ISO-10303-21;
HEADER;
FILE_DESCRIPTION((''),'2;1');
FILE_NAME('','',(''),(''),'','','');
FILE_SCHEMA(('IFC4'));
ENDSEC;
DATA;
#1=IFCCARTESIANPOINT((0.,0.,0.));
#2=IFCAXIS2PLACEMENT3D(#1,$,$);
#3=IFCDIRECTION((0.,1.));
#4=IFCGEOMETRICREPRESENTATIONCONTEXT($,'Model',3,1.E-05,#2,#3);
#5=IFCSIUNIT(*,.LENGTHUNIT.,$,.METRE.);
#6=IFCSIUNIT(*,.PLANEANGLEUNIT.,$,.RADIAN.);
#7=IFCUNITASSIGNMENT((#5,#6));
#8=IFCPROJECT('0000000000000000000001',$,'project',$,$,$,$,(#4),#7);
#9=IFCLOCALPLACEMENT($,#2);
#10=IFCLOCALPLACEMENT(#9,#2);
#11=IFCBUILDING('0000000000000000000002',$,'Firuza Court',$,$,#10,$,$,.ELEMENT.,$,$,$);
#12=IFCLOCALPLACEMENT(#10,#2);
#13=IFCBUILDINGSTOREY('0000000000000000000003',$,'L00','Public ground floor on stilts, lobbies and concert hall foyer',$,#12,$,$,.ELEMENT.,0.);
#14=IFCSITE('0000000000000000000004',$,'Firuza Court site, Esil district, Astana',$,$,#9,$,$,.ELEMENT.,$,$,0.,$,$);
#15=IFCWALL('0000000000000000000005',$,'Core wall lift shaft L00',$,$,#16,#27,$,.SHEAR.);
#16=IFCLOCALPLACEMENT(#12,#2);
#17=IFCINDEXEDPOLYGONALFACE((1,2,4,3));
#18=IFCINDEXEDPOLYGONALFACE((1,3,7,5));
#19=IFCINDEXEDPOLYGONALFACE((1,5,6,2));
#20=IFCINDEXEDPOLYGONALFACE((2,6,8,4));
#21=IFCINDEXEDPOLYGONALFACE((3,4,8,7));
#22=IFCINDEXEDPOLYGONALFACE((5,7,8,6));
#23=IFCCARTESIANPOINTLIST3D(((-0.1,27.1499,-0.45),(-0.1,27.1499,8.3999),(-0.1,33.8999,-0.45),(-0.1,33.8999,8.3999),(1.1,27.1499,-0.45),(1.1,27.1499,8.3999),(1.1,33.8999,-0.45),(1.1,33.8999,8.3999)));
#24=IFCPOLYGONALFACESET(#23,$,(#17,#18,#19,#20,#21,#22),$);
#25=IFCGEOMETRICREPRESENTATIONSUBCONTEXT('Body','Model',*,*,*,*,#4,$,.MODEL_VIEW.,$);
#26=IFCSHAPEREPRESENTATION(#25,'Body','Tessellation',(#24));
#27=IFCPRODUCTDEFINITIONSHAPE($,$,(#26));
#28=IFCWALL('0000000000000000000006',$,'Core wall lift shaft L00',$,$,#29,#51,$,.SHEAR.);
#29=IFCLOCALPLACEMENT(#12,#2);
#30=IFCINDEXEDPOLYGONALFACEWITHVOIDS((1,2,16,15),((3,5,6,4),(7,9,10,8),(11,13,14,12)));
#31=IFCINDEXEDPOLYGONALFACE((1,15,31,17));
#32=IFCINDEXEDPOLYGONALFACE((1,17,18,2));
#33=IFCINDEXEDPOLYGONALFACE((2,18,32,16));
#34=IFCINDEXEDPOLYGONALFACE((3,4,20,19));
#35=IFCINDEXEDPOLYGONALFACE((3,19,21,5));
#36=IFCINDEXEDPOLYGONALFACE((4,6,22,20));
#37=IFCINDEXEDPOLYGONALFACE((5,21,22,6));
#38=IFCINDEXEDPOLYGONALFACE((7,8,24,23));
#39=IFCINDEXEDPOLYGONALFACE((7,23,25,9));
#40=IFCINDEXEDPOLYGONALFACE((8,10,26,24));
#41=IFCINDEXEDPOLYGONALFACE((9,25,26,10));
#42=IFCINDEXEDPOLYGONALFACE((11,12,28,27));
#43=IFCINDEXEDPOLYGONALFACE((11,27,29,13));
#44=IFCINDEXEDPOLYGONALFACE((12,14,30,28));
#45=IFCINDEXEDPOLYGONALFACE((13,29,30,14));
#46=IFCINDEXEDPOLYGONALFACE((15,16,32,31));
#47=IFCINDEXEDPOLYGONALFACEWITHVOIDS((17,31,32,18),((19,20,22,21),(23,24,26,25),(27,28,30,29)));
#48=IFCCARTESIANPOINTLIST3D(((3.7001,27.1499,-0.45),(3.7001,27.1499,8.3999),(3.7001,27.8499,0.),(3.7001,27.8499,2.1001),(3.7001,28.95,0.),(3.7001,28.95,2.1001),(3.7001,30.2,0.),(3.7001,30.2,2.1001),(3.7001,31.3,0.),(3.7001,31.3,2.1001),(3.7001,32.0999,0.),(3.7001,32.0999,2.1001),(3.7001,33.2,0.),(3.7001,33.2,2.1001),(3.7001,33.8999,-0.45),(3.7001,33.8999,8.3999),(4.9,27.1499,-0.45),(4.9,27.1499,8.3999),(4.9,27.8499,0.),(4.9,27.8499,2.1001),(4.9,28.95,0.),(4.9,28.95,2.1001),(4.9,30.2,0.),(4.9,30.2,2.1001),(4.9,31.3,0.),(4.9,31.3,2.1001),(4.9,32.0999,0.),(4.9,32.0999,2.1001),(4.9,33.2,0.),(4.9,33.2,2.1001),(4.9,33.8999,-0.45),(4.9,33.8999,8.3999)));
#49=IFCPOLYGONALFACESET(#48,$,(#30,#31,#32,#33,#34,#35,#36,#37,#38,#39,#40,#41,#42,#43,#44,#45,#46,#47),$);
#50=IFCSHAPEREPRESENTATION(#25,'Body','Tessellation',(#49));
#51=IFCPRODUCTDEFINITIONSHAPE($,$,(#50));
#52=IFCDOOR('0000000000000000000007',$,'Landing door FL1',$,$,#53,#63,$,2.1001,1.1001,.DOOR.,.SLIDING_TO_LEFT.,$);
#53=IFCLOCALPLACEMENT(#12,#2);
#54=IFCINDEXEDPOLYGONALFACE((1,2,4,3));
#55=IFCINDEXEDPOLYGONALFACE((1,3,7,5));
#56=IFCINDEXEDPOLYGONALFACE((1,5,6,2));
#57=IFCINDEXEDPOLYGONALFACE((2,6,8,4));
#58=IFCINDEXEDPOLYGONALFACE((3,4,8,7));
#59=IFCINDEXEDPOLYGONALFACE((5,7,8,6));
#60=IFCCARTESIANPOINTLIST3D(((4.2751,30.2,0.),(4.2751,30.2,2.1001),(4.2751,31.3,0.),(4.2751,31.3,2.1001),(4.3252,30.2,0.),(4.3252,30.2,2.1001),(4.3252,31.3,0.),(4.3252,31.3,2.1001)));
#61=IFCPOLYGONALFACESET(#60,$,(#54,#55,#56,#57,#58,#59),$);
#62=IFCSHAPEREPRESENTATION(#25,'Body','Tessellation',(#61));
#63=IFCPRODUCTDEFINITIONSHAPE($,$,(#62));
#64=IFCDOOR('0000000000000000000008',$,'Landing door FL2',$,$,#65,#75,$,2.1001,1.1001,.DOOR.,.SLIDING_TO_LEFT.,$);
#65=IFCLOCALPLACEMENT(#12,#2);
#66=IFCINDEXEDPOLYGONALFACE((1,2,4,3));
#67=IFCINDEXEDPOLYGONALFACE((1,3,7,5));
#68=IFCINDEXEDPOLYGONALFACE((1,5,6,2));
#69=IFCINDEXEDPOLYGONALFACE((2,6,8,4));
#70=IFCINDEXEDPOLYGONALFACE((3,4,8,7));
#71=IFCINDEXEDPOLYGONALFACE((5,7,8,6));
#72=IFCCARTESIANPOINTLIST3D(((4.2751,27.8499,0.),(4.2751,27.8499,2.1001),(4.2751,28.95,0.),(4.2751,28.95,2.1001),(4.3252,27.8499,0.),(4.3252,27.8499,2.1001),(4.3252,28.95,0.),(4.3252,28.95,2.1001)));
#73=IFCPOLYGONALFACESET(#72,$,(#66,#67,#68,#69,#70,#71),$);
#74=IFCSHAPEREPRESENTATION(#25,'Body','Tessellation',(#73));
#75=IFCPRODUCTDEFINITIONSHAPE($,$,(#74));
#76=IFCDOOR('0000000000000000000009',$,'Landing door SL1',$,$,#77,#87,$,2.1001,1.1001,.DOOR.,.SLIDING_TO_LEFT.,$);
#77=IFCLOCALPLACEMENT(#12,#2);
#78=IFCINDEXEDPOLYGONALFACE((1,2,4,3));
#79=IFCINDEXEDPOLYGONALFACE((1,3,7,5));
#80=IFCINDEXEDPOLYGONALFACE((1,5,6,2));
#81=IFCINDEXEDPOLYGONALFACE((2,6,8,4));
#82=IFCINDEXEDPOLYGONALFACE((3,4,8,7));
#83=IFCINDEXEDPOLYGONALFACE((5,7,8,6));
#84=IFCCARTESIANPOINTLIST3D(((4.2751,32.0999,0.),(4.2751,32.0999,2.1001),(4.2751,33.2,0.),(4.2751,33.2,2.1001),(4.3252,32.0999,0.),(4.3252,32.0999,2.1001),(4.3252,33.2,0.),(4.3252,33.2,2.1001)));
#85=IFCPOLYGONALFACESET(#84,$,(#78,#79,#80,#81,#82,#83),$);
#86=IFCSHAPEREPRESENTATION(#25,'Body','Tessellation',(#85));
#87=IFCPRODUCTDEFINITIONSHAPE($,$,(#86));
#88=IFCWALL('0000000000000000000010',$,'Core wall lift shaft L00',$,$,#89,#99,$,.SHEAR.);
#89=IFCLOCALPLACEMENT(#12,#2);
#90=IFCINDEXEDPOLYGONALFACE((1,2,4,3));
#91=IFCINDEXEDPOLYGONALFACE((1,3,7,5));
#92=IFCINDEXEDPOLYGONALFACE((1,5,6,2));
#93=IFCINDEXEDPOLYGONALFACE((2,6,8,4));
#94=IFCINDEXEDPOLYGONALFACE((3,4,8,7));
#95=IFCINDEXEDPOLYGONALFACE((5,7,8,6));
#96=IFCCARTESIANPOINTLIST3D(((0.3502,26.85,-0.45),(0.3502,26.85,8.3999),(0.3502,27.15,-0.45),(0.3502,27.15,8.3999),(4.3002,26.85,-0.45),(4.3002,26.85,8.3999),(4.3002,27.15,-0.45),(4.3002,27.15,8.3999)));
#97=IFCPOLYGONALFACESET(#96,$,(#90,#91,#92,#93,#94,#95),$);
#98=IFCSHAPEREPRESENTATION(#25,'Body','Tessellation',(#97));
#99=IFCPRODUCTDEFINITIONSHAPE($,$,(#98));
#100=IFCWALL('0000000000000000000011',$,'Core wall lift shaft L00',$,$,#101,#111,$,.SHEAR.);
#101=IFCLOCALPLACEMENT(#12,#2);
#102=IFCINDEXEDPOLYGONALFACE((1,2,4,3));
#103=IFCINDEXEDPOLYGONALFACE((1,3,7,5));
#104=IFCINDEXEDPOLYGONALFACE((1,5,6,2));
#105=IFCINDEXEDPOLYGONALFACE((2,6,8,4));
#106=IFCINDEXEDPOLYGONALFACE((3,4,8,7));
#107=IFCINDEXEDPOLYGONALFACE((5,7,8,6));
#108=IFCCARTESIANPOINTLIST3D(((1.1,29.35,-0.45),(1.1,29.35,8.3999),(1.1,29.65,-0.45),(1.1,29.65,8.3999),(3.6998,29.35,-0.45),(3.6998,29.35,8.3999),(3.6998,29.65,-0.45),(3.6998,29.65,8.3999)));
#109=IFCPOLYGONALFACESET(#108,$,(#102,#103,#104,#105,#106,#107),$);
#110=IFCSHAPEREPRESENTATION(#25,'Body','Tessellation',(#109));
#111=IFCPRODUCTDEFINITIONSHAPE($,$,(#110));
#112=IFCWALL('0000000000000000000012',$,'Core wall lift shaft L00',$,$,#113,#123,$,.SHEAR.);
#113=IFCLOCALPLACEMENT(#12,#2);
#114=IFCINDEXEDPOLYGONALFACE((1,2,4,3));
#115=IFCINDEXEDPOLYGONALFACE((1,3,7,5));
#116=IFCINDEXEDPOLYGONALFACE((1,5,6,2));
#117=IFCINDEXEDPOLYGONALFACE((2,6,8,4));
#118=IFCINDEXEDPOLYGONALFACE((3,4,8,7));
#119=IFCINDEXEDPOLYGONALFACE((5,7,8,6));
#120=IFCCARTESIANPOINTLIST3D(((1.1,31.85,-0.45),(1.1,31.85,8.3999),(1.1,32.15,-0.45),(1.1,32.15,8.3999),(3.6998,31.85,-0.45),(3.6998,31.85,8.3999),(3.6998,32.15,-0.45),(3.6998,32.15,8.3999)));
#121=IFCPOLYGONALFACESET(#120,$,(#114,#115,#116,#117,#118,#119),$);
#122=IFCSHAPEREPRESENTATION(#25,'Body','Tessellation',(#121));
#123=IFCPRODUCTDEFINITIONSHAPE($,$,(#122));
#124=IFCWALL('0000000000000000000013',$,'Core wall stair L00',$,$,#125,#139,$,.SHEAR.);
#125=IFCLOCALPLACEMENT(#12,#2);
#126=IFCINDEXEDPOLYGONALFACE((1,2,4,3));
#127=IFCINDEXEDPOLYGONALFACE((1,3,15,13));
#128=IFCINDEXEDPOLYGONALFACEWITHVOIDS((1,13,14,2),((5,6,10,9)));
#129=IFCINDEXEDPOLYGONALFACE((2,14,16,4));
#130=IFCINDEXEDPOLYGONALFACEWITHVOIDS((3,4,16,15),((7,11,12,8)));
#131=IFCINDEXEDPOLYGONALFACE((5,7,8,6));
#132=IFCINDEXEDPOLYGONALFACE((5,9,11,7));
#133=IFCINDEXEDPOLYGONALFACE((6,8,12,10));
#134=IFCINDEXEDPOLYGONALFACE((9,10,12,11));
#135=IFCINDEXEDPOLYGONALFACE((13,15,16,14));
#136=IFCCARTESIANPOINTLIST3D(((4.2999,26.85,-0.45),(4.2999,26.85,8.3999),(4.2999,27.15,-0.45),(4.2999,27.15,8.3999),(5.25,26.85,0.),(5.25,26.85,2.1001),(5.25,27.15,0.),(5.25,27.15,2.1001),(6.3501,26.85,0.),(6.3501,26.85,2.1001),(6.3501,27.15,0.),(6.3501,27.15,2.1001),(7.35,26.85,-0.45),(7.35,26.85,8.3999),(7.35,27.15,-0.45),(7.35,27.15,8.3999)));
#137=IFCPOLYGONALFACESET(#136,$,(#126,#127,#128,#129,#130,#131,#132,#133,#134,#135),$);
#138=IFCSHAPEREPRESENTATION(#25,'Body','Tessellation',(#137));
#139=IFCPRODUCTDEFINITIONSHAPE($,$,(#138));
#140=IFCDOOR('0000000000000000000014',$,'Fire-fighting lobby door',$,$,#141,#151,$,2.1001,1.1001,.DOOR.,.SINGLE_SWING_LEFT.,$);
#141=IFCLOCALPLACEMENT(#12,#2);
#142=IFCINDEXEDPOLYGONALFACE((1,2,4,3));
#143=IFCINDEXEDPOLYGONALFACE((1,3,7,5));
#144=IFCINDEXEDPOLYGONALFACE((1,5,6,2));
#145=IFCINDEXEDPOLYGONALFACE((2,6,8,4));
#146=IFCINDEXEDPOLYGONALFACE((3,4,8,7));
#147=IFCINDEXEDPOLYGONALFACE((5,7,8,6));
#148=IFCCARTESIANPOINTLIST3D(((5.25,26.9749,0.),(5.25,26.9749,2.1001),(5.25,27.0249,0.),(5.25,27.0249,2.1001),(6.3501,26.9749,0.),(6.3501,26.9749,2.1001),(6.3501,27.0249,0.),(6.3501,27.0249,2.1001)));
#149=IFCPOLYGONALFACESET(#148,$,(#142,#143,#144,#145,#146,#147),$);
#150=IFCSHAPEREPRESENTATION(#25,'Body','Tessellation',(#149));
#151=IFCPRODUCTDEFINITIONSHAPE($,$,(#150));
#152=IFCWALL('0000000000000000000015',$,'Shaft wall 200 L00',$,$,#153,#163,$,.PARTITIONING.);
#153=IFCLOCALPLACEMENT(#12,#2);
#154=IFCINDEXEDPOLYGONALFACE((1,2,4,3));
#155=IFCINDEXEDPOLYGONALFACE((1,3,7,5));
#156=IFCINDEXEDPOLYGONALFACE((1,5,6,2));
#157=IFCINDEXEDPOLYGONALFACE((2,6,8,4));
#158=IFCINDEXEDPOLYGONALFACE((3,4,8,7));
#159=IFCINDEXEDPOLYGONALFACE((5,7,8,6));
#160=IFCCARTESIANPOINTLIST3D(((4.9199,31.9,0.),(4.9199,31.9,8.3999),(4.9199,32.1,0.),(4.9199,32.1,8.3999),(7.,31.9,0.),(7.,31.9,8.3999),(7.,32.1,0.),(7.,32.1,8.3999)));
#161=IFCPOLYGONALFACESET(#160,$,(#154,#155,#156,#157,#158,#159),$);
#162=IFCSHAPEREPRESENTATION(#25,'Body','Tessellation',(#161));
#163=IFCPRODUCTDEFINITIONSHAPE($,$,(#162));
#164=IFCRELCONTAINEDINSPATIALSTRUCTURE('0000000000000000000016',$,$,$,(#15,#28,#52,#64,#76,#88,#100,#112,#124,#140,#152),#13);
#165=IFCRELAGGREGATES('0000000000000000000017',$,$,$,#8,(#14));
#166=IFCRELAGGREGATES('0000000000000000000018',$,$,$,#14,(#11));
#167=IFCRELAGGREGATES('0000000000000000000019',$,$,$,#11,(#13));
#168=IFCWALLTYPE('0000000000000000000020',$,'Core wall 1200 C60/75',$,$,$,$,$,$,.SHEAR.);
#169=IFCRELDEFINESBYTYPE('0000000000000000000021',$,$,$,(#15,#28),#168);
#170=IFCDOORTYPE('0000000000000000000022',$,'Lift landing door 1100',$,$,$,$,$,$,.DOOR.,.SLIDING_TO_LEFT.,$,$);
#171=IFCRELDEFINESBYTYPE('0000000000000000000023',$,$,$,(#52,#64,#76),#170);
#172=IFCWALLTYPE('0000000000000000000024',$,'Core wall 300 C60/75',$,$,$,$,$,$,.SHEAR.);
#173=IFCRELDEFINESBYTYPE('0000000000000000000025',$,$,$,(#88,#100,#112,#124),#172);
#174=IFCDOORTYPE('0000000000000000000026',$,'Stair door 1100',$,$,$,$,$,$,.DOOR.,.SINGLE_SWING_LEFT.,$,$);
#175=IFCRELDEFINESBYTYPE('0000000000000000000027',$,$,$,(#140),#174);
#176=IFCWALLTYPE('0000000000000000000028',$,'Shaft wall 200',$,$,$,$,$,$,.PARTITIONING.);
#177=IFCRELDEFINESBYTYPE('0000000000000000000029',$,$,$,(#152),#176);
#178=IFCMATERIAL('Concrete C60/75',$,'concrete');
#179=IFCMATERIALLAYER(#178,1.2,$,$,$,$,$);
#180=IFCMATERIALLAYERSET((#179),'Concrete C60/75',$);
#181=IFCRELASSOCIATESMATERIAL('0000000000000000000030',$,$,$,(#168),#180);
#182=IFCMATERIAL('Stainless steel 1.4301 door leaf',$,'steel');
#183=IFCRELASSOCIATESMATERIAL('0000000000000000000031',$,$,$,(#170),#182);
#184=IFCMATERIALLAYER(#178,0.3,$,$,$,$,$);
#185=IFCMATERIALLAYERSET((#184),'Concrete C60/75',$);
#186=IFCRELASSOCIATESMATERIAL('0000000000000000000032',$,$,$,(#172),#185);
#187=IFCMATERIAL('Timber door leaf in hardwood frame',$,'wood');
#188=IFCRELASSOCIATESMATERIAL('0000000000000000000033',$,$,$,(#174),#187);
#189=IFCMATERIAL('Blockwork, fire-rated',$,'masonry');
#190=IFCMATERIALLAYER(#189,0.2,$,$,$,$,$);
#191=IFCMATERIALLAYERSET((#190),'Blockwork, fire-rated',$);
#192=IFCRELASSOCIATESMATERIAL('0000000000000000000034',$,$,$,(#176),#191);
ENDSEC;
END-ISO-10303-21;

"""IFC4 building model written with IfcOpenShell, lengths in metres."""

from ifc_helpers import new_model, si_unit, direction, frame, frame_2d, origin, place, context, subcontext, project, spatial, rectangle, extrude, material, layer, layer_set, type_object, element, fill, save


model = new_model("IFC4")

# Units and contexts
model_context = context("Model", 3, precision=1e-05, world=origin(), true_north=direction((0.0, 1.0)))
body_context = subcontext(model_context, "Body", "Model", "MODEL_VIEW")
ifc_project = project(units=[si_unit("LENGTHUNIT", "METRE"), si_unit("PLANEANGLEUNIT", "RADIAN")], contexts=[model_context])

# Site, building, storey
site_placement = place(None, origin())
site = spatial("IfcSite", under=ifc_project, at=site_placement, Name="Firuza Court site, Esil district, Astana", CompositionType="ELEMENT", RefElevation=0.0)
building_placement = place(site_placement, origin())
building = spatial("IfcBuilding", under=site, at=building_placement, Name="Firuza Court", CompositionType="ELEMENT")
storey_placement = place(building_placement, origin())
storey = spatial("IfcBuildingStorey", under=building, at=storey_placement, Name="L00", Description="Public ground floor on stilts, lobbies and concert hall foyer", CompositionType="ELEMENT", Elevation=0.0)

# Wall
ifc_material_1 = material(Name="Concrete C60/75", Category="concrete")
ifc_layer_1 = layer(ifc_material_1, 1.2)
ifc_layer_set_1 = layer_set([ifc_layer_1], Name="Concrete C60/75")
wall_type_1 = type_object("IfcWallType", Name="Core wall 1200 C60/75", PredefinedType="SHEAR", material=ifc_layer_set_1)
wall_1_placement = place(storey_placement, frame((0.5, 27.1499, -0.45), z_axis=(0.0, 0.0, 1.0), x_axis=(0.0, 1.0, 0.0)))
element("IfcWall", 1, at=wall_1_placement, inside=storey, type_object=wall_type_1, Name="Core wall lift shaft L00", PredefinedType="SHEAR", context=body_context, shape_type="SweptSolid", body=[
    extrude(rectangle(XDim=6.75, YDim=1.2, at=frame_2d((3.375, 0.0))), origin(), (0.0, 0.0, 1.0), 8.8499),
])

# Wall, openings, doors
wall_2_placement = place(storey_placement, frame((4.3, 27.1499, -0.45), z_axis=(0.0, 0.0, 1.0), x_axis=(0.0, 1.0, 0.0)))
wall_2 = element("IfcWall", 2, at=wall_2_placement, inside=storey, type_object=wall_type_1, Name="Core wall lift shaft L00", PredefinedType="SHEAR", context=body_context, shape_type="SweptSolid", body=[
    extrude(rectangle(XDim=6.75, YDim=1.2, at=frame_2d((3.375, 0.0))), origin(), (0.0, 0.0, 1.0), 8.8499),
])
opening_1_placement = place(wall_2_placement, frame((3.05, 0.0, 0.45)))
opening_1 = element("IfcOpeningElement", 3, at=opening_1_placement, cuts=wall_2, PredefinedType="OPENING", context=body_context, shape_type="SweptSolid", body=[
    extrude(rectangle(XDim=1.1001, YDim=2.1001, at=frame_2d((0.55, 1.05))), frame((0.0, 0.6118, 0.0), z_axis=(0.0, -1.0, 0.0), x_axis=(1.0, 0.0, 0.0)), (0.0, 0.0, 1.0), 1.2239),
])
opening_2_placement = place(wall_2_placement, frame((0.7, 0.0, 0.45)))
opening_2 = element("IfcOpeningElement", 4, at=opening_2_placement, cuts=wall_2, PredefinedType="OPENING", context=body_context, shape_type="SweptSolid", body=[
    extrude(rectangle(XDim=1.1001, YDim=2.1001, at=frame_2d((0.55, 1.05))), frame((0.0, 0.6118, 0.0), z_axis=(0.0, -1.0, 0.0), x_axis=(1.0, 0.0, 0.0)), (0.0, 0.0, 1.0), 1.2239),
])
opening_3_placement = place(wall_2_placement, frame((4.95, 0.0, 0.45)))
opening_3 = element("IfcOpeningElement", 5, at=opening_3_placement, cuts=wall_2, PredefinedType="OPENING", context=body_context, shape_type="SweptSolid", body=[
    extrude(rectangle(XDim=1.1001, YDim=2.1001, at=frame_2d((0.55, 1.05))), frame((0.0, 0.6118, 0.0), z_axis=(0.0, -1.0, 0.0), x_axis=(1.0, 0.0, 0.0)), (0.0, 0.0, 1.0), 1.2239),
])
ifc_material_2 = material(Name="Stainless steel 1.4301 door leaf", Category="steel")
door_type_1 = type_object("IfcDoorType", Name="Lift landing door 1100", OperationType="SLIDING_TO_LEFT", PredefinedType="DOOR", material=ifc_material_2)
door_1_placement = place(opening_1_placement, origin())
door_1 = element("IfcDoor", 6, at=door_1_placement, inside=storey, type_object=door_type_1, Name="Landing door FL1", OperationType="SLIDING_TO_LEFT", OverallHeight=2.1001, OverallWidth=1.1001, PredefinedType="DOOR", context=body_context, shape_type="SweptSolid", body=[
    extrude(rectangle(XDim=1.1001, YDim=2.1001, at=frame_2d((0.55, 1.05))), frame((0.0, 0.0249, 0.0), z_axis=(0.0, -1.0, 0.0), x_axis=(1.0, 0.0, 0.0)), (0.0, 0.0, 1.0), 0.05),
])
fill(opening_1, door_1)
door_2_placement = place(opening_2_placement, origin())
door_2 = element("IfcDoor", 7, at=door_2_placement, inside=storey, type_object=door_type_1, Name="Landing door FL2", OperationType="SLIDING_TO_LEFT", OverallHeight=2.1001, OverallWidth=1.1001, PredefinedType="DOOR", context=body_context, shape_type="SweptSolid", body=[
    extrude(rectangle(XDim=1.1001, YDim=2.1001, at=frame_2d((0.55, 1.05))), frame((0.0, 0.0249, 0.0), z_axis=(0.0, -1.0, 0.0), x_axis=(1.0, 0.0, 0.0)), (0.0, 0.0, 1.0), 0.05),
])
fill(opening_2, door_2)
door_3_placement = place(opening_3_placement, origin())
door_3 = element("IfcDoor", 8, at=door_3_placement, inside=storey, type_object=door_type_1, Name="Landing door SL1", OperationType="SLIDING_TO_LEFT", OverallHeight=2.1001, OverallWidth=1.1001, PredefinedType="DOOR", context=body_context, shape_type="SweptSolid", body=[
    extrude(rectangle(XDim=1.1001, YDim=2.1001, at=frame_2d((0.55, 1.05))), frame((0.0, 0.0249, 0.0), z_axis=(0.0, -1.0, 0.0), x_axis=(1.0, 0.0, 0.0)), (0.0, 0.0, 1.0), 0.05),
])
fill(opening_3, door_3)

# Walls
ifc_layer_2 = layer(ifc_material_1, 0.3)
ifc_layer_set_2 = layer_set([ifc_layer_2], Name="Concrete C60/75")
wall_type_2 = type_object("IfcWallType", Name="Core wall 300 C60/75", PredefinedType="SHEAR", material=ifc_layer_set_2)
wall_3_placement = place(storey_placement, frame((0.3501, 27.0, -0.45), z_axis=(0.0, 0.0, 1.0), x_axis=(1.0, 0.0, 0.0)))
element("IfcWall", 9, at=wall_3_placement, inside=storey, type_object=wall_type_2, Name="Core wall lift shaft L00", PredefinedType="SHEAR", context=body_context, shape_type="SweptSolid", body=[
    extrude(rectangle(XDim=3.95, YDim=0.3, at=frame_2d((1.9751, 0.0))), origin(), (0.0, 0.0, 1.0), 8.8499),
])
for number, where, z_axis, x_axis, name in (
    (10, (1.1001, 29.5, -0.45), (0.0, 0.0, 1.0), (1.0, 0.0, 0.0), "Core wall lift shaft L00"),
    (11, (1.1001, 32.0, -0.45), (0.0, 0.0, 1.0), (1.0, 0.0, 0.0), "Core wall lift shaft L00"),
):
    element("IfcWall", number, at=place(storey_placement, frame(where, z_axis=z_axis, x_axis=x_axis)), inside=storey, type_object=wall_type_2, Name=name, PredefinedType="SHEAR", context=body_context, shape_type="SweptSolid", body=[
        extrude(rectangle(XDim=2.5999, YDim=0.3, at=frame_2d((1.2998, 0.0))), origin(), (0.0, 0.0, 1.0), 8.8499),
    ])

# Wall, opening, door
wall_4_placement = place(storey_placement, frame((4.3, 27.0, -0.45), z_axis=(0.0, 0.0, 1.0), x_axis=(1.0, 0.0, 0.0)))
wall_4 = element("IfcWall", 12, at=wall_4_placement, inside=storey, type_object=wall_type_2, Name="Core wall stair L00", PredefinedType="SHEAR", context=body_context, shape_type="SweptSolid", body=[
    extrude(rectangle(XDim=3.05, YDim=0.3, at=frame_2d((1.5249, 0.0))), origin(), (0.0, 0.0, 1.0), 8.8499),
])
opening_4_placement = place(wall_4_placement, frame((0.95, 0.0, 0.45)))
opening_4 = element("IfcOpeningElement", 13, at=opening_4_placement, cuts=wall_4, PredefinedType="OPENING", context=body_context, shape_type="SweptSolid", body=[
    extrude(rectangle(XDim=1.1001, YDim=2.1001, at=frame_2d((0.55, 1.05))), frame((0.0, 0.1621, 0.0), z_axis=(0.0, -1.0, 0.0), x_axis=(1.0, 0.0, 0.0)), (0.0, 0.0, 1.0), 0.324),
])
ifc_material_3 = material(Name="Timber door leaf in hardwood frame", Category="wood")
door_type_2 = type_object("IfcDoorType", Name="Stair door 1100", OperationType="SINGLE_SWING_LEFT", PredefinedType="DOOR", material=ifc_material_3)
door_4_placement = place(opening_4_placement, origin())
door_4 = element("IfcDoor", 14, at=door_4_placement, inside=storey, type_object=door_type_2, Name="Fire-fighting lobby door", OperationType="SINGLE_SWING_LEFT", OverallHeight=2.1001, OverallWidth=1.1001, PredefinedType="DOOR", context=body_context, shape_type="SweptSolid", body=[
    extrude(rectangle(XDim=1.1001, YDim=2.1001, at=frame_2d((0.55, 1.05))), frame((0.0, 0.0249, 0.0), z_axis=(0.0, -1.0, 0.0), x_axis=(1.0, 0.0, 0.0)), (0.0, 0.0, 1.0), 0.05),
])
fill(opening_4, door_4)

# Wall
ifc_material_4 = material(Name="Blockwork, fire-rated", Category="masonry")
ifc_layer_3 = layer(ifc_material_4, 0.2)
ifc_layer_set_3 = layer_set([ifc_layer_3], Name="Blockwork, fire-rated")
wall_type_3 = type_object("IfcWallType", Name="Shaft wall 200", PredefinedType="PARTITIONING", material=ifc_layer_set_3)
wall_5_placement = place(storey_placement, frame((4.9199, 32.0, 0.0), z_axis=(0.0, 0.0, 1.0), x_axis=(1.0, 0.0, 0.0)))
element("IfcWall", 15, at=wall_5_placement, inside=storey, type_object=wall_type_3, Name="Shaft wall 200 L00", PredefinedType="PARTITIONING", context=body_context, shape_type="SweptSolid", body=[
    extrude(rectangle(XDim=2.0801, YDim=0.2, at=frame_2d((1.04, 0.0))), origin(), (0.0, 0.0, 1.0), 8.3999),
])

save(model, "model.ifc")
